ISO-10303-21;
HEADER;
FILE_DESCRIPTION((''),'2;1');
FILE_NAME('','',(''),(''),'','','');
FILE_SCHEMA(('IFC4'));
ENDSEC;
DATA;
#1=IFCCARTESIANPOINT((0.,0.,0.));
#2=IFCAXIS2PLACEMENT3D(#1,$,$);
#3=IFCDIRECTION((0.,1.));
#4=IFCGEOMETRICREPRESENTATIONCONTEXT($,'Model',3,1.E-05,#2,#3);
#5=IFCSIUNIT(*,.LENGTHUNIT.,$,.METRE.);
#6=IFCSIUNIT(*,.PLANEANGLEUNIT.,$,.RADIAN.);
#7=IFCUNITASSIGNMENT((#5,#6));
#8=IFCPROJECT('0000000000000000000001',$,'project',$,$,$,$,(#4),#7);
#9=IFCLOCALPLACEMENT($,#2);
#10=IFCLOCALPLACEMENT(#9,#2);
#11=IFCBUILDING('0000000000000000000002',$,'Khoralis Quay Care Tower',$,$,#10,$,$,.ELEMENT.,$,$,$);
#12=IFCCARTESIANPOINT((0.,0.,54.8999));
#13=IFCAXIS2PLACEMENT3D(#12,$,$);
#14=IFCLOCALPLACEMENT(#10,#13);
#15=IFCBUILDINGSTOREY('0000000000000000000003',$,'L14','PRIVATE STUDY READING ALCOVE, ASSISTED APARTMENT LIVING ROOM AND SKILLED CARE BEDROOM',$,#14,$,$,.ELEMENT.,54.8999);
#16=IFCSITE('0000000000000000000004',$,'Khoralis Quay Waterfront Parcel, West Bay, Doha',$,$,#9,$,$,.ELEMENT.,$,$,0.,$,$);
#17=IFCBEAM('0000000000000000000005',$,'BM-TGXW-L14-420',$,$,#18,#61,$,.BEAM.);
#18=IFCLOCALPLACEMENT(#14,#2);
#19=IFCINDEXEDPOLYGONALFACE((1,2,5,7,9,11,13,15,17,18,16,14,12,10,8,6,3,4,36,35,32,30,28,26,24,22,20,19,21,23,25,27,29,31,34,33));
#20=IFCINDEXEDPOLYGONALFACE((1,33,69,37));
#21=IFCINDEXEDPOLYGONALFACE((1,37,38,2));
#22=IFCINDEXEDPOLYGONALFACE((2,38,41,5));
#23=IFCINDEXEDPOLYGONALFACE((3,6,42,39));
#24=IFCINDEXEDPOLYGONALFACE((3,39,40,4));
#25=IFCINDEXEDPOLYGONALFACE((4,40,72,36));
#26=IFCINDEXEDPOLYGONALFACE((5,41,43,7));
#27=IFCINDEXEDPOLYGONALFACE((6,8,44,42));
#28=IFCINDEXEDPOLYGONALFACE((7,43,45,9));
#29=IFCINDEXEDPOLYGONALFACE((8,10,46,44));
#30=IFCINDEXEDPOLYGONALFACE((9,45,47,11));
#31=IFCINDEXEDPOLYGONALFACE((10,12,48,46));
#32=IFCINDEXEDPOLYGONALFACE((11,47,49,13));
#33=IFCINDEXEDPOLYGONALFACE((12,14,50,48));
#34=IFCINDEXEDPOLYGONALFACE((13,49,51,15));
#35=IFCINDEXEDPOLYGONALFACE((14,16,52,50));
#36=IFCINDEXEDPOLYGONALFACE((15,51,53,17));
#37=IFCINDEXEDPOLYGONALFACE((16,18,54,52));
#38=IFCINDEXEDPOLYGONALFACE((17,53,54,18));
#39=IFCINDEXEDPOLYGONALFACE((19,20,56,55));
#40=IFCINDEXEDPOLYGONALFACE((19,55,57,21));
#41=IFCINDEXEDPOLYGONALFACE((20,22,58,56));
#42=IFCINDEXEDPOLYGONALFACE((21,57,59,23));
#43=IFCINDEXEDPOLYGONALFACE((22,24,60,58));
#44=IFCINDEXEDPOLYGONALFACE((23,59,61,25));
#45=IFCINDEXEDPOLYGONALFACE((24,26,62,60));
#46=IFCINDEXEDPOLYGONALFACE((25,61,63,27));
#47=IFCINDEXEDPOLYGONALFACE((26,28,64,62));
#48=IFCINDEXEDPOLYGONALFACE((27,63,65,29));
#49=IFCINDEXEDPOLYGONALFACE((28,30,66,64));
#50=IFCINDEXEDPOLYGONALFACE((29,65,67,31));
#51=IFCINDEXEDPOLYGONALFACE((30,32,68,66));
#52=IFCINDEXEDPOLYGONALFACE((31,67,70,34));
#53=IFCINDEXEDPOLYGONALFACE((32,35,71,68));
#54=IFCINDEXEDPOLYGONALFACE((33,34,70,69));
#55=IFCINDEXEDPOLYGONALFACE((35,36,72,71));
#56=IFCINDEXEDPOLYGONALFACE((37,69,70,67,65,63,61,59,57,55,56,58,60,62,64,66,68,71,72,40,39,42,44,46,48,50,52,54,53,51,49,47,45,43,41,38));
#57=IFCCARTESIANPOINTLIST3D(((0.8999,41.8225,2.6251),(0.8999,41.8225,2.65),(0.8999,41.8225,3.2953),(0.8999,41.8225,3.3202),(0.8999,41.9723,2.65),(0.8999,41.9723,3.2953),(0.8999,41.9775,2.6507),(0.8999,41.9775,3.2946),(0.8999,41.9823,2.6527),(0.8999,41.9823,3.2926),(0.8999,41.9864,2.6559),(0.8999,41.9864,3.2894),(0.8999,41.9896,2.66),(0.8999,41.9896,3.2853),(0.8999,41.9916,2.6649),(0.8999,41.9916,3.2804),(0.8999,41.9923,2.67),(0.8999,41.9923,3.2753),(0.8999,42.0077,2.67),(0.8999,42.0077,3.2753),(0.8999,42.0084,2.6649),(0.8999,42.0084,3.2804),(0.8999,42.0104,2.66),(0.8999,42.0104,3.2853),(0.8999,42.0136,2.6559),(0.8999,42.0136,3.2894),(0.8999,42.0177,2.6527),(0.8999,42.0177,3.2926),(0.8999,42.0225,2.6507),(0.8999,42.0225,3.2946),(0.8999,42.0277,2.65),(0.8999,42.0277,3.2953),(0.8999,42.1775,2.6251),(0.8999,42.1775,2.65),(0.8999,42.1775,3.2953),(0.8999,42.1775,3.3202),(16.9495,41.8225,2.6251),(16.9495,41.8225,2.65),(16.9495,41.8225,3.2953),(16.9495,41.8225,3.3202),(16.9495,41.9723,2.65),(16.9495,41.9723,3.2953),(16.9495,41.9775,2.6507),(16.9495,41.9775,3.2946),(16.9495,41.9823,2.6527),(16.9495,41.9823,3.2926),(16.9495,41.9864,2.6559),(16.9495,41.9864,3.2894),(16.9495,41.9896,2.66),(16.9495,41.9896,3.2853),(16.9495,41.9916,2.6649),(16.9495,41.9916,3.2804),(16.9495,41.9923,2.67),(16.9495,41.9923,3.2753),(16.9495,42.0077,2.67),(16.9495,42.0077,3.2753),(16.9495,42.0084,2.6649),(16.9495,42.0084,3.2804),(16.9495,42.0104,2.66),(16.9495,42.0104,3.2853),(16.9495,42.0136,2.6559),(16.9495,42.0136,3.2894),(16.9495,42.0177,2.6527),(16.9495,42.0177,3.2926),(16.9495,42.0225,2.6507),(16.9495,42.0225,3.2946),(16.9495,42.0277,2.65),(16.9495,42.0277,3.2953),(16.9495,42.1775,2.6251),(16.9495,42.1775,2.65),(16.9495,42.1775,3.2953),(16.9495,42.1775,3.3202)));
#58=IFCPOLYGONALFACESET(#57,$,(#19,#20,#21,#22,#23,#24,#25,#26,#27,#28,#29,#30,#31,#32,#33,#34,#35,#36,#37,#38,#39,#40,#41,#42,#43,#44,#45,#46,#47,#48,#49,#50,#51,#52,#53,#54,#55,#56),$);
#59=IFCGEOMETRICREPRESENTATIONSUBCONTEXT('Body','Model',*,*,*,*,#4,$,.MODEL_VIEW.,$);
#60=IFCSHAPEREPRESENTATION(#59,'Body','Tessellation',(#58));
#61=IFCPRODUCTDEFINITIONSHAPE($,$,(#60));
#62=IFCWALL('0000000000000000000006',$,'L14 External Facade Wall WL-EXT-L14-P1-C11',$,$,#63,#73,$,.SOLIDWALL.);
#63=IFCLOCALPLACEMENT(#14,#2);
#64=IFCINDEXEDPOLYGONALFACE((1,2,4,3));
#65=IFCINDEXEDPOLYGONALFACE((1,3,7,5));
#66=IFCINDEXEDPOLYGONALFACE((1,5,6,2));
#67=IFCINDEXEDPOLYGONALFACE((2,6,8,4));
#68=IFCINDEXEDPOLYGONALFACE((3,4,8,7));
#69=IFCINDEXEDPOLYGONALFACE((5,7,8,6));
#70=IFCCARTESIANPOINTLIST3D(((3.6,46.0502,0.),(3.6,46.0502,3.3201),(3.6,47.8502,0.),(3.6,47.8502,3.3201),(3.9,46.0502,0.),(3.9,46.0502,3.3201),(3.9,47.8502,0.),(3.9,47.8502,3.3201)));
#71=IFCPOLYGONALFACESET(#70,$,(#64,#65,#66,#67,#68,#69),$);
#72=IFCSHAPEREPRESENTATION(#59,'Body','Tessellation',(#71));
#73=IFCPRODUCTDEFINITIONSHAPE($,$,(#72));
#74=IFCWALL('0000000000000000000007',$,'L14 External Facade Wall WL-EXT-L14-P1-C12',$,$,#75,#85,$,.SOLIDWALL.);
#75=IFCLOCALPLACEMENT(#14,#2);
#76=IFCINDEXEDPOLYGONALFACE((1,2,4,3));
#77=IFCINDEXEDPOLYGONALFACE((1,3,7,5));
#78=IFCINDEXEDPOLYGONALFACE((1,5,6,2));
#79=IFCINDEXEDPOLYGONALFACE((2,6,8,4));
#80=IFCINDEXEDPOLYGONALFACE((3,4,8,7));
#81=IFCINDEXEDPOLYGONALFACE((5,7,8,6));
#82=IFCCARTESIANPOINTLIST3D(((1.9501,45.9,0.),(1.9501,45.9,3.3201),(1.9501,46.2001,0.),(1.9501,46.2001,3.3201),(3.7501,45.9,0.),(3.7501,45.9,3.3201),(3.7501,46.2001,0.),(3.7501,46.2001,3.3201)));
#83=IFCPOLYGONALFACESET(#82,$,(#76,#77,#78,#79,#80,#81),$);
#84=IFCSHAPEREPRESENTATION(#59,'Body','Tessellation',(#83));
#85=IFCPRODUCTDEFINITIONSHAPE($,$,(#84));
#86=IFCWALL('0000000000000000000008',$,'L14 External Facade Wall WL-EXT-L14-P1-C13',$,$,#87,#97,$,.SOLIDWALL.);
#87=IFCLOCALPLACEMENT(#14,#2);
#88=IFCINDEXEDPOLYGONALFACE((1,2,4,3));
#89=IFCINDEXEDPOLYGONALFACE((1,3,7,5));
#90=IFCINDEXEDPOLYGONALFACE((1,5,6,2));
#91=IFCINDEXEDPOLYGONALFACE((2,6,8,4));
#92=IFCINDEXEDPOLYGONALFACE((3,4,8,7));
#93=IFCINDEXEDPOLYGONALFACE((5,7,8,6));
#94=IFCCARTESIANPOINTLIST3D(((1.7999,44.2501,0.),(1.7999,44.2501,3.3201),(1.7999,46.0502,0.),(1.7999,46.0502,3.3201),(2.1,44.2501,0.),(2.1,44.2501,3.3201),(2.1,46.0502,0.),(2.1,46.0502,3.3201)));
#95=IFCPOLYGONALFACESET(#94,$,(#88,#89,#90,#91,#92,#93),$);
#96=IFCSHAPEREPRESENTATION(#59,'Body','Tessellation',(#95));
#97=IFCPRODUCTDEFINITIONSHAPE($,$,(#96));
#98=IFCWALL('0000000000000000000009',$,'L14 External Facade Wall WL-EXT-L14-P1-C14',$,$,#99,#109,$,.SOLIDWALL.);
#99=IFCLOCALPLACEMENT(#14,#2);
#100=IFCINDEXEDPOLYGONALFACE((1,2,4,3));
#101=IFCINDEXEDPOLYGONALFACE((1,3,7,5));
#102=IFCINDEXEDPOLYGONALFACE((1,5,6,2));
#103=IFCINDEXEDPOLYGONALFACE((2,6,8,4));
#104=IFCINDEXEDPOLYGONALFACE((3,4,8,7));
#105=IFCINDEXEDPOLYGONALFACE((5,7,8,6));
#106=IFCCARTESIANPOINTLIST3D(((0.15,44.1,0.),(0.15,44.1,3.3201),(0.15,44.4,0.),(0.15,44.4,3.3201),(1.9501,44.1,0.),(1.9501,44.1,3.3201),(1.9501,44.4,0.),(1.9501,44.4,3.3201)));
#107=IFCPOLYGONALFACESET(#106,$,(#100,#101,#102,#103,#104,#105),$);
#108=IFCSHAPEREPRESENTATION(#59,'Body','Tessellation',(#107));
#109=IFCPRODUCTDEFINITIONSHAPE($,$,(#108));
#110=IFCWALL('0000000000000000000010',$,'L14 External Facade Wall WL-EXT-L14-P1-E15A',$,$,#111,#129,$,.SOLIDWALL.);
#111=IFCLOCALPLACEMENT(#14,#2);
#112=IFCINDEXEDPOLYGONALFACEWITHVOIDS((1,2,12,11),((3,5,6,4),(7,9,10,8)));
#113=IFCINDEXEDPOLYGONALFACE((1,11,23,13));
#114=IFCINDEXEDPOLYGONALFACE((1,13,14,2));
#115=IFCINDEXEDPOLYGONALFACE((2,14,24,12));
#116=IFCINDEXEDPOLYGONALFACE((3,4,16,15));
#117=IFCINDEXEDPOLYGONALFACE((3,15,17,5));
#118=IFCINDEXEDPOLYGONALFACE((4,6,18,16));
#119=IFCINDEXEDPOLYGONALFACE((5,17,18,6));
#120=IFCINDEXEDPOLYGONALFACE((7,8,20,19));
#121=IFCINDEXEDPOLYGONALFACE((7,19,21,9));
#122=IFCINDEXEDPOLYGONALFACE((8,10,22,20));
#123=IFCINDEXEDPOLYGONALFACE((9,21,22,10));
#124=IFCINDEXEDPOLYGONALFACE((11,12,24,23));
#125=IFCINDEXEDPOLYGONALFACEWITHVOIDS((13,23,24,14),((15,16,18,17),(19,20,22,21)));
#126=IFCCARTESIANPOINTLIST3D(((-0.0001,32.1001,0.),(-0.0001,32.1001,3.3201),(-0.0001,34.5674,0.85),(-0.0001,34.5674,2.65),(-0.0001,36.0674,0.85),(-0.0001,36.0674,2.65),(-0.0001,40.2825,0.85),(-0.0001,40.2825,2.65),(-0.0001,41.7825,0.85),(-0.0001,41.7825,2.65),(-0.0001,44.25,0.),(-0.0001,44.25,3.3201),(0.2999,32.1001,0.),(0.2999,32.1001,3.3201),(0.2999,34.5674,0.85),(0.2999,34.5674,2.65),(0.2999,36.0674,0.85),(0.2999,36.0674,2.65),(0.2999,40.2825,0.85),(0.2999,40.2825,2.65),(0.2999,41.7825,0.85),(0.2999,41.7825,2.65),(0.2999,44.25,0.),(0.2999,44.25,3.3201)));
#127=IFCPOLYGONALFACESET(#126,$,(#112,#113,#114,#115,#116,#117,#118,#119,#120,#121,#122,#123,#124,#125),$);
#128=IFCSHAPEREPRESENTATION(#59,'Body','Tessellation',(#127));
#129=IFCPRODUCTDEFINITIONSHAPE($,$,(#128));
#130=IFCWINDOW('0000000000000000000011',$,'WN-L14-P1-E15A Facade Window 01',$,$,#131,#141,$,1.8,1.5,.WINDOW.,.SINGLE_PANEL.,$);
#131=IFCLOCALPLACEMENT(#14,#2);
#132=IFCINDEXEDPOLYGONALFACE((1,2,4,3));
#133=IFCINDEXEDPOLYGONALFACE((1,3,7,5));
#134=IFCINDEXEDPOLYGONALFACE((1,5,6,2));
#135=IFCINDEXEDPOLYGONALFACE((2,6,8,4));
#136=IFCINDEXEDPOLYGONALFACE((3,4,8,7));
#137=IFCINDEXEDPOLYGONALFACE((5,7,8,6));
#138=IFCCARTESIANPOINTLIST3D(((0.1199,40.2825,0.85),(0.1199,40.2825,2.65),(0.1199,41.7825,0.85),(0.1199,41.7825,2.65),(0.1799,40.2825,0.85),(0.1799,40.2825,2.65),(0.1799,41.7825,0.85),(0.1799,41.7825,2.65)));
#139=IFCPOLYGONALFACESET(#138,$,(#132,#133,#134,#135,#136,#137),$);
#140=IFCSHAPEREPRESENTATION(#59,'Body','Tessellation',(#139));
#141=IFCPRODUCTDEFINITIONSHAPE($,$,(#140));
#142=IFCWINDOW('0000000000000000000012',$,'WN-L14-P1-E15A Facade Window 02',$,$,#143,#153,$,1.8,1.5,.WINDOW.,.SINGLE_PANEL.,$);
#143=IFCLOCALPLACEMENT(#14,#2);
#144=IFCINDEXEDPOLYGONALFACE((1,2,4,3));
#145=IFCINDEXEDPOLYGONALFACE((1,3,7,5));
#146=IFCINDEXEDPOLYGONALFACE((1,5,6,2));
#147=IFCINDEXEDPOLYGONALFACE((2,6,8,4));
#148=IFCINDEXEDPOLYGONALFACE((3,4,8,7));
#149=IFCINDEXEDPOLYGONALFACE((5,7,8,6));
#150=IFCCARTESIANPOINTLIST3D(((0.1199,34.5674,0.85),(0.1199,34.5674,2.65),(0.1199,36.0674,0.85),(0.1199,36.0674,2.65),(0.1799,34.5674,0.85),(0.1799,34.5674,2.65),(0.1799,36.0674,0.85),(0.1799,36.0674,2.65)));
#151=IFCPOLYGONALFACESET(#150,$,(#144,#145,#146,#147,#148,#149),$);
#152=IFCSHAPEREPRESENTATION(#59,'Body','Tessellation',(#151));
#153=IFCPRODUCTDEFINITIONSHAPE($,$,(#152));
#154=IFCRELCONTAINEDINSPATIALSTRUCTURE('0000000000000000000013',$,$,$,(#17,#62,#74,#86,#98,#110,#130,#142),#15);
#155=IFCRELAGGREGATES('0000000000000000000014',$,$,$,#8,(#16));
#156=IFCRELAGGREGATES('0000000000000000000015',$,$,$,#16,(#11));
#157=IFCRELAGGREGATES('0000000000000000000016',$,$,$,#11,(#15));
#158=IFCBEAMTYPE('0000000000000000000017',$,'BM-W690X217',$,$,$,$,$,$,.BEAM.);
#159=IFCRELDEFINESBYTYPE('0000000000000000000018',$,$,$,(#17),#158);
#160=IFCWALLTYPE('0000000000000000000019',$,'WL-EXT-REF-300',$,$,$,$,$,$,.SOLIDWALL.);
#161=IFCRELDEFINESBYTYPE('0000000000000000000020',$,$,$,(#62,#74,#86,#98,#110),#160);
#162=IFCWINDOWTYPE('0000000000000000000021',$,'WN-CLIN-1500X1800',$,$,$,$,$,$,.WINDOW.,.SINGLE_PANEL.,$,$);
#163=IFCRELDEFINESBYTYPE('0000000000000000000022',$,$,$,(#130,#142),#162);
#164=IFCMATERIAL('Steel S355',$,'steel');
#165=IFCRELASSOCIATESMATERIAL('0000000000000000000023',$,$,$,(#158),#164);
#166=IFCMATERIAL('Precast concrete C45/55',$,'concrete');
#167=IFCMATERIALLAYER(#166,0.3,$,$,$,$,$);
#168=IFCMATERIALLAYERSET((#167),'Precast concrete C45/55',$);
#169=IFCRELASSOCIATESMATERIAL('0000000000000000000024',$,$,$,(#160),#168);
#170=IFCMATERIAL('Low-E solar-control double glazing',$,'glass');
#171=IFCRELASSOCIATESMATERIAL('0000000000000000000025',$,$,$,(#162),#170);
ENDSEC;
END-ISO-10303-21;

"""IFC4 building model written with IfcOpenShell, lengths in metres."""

from ifc_helpers import new_model, si_unit, direction, frame, frame_2d, origin, origin_2d, place, context, subcontext, project, spatial, rectangle, i_section, extrude, source, transform, mapped, material, layer, layer_set, material_profile, profile_set, type_object, element, fill, save


model = new_model("IFC4")

# Units and contexts
model_context = context("Model", 3, precision=1e-05, world=origin(), true_north=direction((0.0, 1.0)))
body_context = subcontext(model_context, "Body", "Model", "MODEL_VIEW")
ifc_project = project(units=[si_unit("LENGTHUNIT", "METRE"), si_unit("PLANEANGLEUNIT", "RADIAN")], contexts=[model_context])

# Site, building, storey
site_placement = place(None, origin())
site = spatial("IfcSite", under=ifc_project, at=site_placement, Name="Khoralis Quay Waterfront Parcel, West Bay, Doha", CompositionType="ELEMENT", RefElevation=0.0)
building_placement = place(site_placement, origin())
building = spatial("IfcBuilding", under=site, at=building_placement, Name="Khoralis Quay Care Tower", CompositionType="ELEMENT")
storey_placement = place(building_placement, frame((0.0, 0.0, 54.8999)))
storey = spatial("IfcBuildingStorey", under=building, at=storey_placement, Name="L14", Description="PRIVATE STUDY READING ALCOVE, ASSISTED APARTMENT LIVING ROOM AND SKILLED CARE BEDROOM", CompositionType="ELEMENT", Elevation=54.8999)

# Beam
ifc_material_1 = material(Name="Steel S355", Category="steel")
ifc_material_profile_1 = material_profile(ifc_material_1, i_section(OverallWidth=0.355, OverallDepth=0.6951, WebThickness=0.0154, FlangeThickness=0.0249, FilletRadius=0.02, at=origin_2d()), Name="Steel S355")
ifc_profile_set_1 = profile_set([ifc_material_profile_1], Name="Steel S355")
beam_type_1 = type_object("IfcBeamType", Name="BM-W690X217", PredefinedType="BEAM", material=ifc_profile_set_1)
shared_shape_1 = source(origin(), body_context, "Body", "SweptSolid", [
    extrude(i_section(OverallWidth=0.355, OverallDepth=0.6951, WebThickness=0.0154, FlangeThickness=0.0249, FilletRadius=0.02, at=origin_2d()), origin(), (0.0, 0.0, 1.0), 16.0496),
])
beam_1_placement = place(storey_placement, frame((0.8999, 42.0, 2.9727), z_axis=(1.0, 0.0, 0.0), x_axis=(0.0, 1.0, 0.0)))
element("IfcBeam", 1, at=beam_1_placement, inside=storey, type_object=beam_type_1, Name="BM-TGXW-L14-420", PredefinedType="BEAM", context=body_context, shape_type="MappedRepresentation", body=[
    mapped(shared_shape_1, transform((0.0, 0.0, 0.0), scale=1.0)),
])

# Walls
ifc_material_2 = material(Name="Precast concrete C45/55", Category="concrete")
ifc_layer = layer(ifc_material_2, 0.3)
ifc_layer_set = layer_set([ifc_layer], Name="Precast concrete C45/55")
wall_type = type_object("IfcWallType", Name="WL-EXT-REF-300", PredefinedType="SOLIDWALL", material=ifc_layer_set)
for number, where, z_axis, x_axis, name in (
    (2, (3.75, 47.8501, 0.0), (0.0, 0.0, 1.0), (0.0, -1.0, 0.0), "L14 External Facade Wall WL-EXT-L14-P1-C11"),
    (3, (3.75, 46.05, 0.0), (0.0, 0.0, 1.0), (-1.0, 0.0, 0.0), "L14 External Facade Wall WL-EXT-L14-P1-C12"),
    (4, (1.95, 46.05, 0.0), (0.0, 0.0, 1.0), (0.0, -1.0, 0.0), "L14 External Facade Wall WL-EXT-L14-P1-C13"),
    (5, (1.95, 44.25, 0.0), (0.0, 0.0, 1.0), (-1.0, 0.0, 0.0), "L14 External Facade Wall WL-EXT-L14-P1-C14"),
):
    element("IfcWall", number, at=place(storey_placement, frame(where, z_axis=z_axis, x_axis=x_axis)), inside=storey, type_object=wall_type, Name=name, PredefinedType="SOLIDWALL", context=body_context, shape_type="SweptSolid", body=[
        extrude(rectangle(XDim=1.8, YDim=0.3, at=frame_2d((0.8999, 0.0))), origin(), (0.0, 0.0, 1.0), 3.3201),
    ])

# Wall, openings, windows
wall_placement = place(storey_placement, frame((0.1499, 44.25, 0.0), z_axis=(0.0, 0.0, 1.0), x_axis=(0.0, -1.0, 0.0)))
wall = element("IfcWall", 6, at=wall_placement, inside=storey, type_object=wall_type, Name="L14 External Facade Wall WL-EXT-L14-P1-E15A", PredefinedType="SOLIDWALL", context=body_context, shape_type="SweptSolid", body=[
    extrude(rectangle(XDim=12.1499, YDim=0.3, at=frame_2d((6.075, 0.0))), origin(), (0.0, 0.0, 1.0), 3.3201),
])
opening_1_placement = place(wall_placement, frame((2.4675, 0.0, 0.8501)))
opening_1 = element("IfcOpeningElement", 7, at=opening_1_placement, cuts=wall, PredefinedType="OPENING", context=body_context, shape_type="SweptSolid", body=[
    extrude(rectangle(XDim=1.5, YDim=1.8, at=frame_2d((0.75, 0.8999))), frame((0.0, 0.1602, 0.0), z_axis=(0.0, -1.0, 0.0), x_axis=(1.0, 0.0, 0.0)), (0.0, 0.0, 1.0), 0.3201),
])
opening_2_placement = place(wall_placement, frame((8.1826, 0.0, 0.8501)))
opening_2 = element("IfcOpeningElement", 8, at=opening_2_placement, cuts=wall, PredefinedType="OPENING", context=body_context, shape_type="SweptSolid", body=[
    extrude(rectangle(XDim=1.5, YDim=1.8, at=frame_2d((0.75, 0.8999))), frame((0.0, 0.1602, 0.0), z_axis=(0.0, -1.0, 0.0), x_axis=(1.0, 0.0, 0.0)), (0.0, 0.0, 1.0), 0.3201),
])
ifc_material_3 = material(Name="Low-E solar-control double glazing", Category="glass")
window_type = type_object("IfcWindowType", Name="WN-CLIN-1500X1800", PartitioningType="SINGLE_PANEL", PredefinedType="WINDOW", material=ifc_material_3)
shared_shape_2 = source(origin(), body_context, "Body", "SweptSolid", [
    extrude(rectangle(XDim=1.5, YDim=1.8, at=frame_2d((0.75, 0.8999))), frame((0.0, 0.03, 0.0), z_axis=(0.0, -1.0, 0.0), x_axis=(1.0, 0.0, 0.0)), (0.0, 0.0, 1.0), 0.0601),
])
window_1_placement = place(opening_1_placement, origin())
window_1 = element("IfcWindow", 9, at=window_1_placement, inside=storey, type_object=window_type, Name="WN-L14-P1-E15A Facade Window 01", OverallHeight=1.8, OverallWidth=1.5, PartitioningType="SINGLE_PANEL", PredefinedType="WINDOW", context=body_context, shape_type="MappedRepresentation", body=[
    mapped(shared_shape_2, transform((0.0, 0.0, 0.0), scale=1.0)),
])
fill(opening_1, window_1)
window_2_placement = place(opening_2_placement, origin())
window_2 = element("IfcWindow", 10, at=window_2_placement, inside=storey, type_object=window_type, Name="WN-L14-P1-E15A Facade Window 02", OverallHeight=1.8, OverallWidth=1.5, PartitioningType="SINGLE_PANEL", PredefinedType="WINDOW", context=body_context, shape_type="MappedRepresentation", body=[
    mapped(shared_shape_2, transform((0.0, 0.0, 0.0), scale=1.0)),
])
fill(opening_2, window_2)

save(model, "model.ifc")
